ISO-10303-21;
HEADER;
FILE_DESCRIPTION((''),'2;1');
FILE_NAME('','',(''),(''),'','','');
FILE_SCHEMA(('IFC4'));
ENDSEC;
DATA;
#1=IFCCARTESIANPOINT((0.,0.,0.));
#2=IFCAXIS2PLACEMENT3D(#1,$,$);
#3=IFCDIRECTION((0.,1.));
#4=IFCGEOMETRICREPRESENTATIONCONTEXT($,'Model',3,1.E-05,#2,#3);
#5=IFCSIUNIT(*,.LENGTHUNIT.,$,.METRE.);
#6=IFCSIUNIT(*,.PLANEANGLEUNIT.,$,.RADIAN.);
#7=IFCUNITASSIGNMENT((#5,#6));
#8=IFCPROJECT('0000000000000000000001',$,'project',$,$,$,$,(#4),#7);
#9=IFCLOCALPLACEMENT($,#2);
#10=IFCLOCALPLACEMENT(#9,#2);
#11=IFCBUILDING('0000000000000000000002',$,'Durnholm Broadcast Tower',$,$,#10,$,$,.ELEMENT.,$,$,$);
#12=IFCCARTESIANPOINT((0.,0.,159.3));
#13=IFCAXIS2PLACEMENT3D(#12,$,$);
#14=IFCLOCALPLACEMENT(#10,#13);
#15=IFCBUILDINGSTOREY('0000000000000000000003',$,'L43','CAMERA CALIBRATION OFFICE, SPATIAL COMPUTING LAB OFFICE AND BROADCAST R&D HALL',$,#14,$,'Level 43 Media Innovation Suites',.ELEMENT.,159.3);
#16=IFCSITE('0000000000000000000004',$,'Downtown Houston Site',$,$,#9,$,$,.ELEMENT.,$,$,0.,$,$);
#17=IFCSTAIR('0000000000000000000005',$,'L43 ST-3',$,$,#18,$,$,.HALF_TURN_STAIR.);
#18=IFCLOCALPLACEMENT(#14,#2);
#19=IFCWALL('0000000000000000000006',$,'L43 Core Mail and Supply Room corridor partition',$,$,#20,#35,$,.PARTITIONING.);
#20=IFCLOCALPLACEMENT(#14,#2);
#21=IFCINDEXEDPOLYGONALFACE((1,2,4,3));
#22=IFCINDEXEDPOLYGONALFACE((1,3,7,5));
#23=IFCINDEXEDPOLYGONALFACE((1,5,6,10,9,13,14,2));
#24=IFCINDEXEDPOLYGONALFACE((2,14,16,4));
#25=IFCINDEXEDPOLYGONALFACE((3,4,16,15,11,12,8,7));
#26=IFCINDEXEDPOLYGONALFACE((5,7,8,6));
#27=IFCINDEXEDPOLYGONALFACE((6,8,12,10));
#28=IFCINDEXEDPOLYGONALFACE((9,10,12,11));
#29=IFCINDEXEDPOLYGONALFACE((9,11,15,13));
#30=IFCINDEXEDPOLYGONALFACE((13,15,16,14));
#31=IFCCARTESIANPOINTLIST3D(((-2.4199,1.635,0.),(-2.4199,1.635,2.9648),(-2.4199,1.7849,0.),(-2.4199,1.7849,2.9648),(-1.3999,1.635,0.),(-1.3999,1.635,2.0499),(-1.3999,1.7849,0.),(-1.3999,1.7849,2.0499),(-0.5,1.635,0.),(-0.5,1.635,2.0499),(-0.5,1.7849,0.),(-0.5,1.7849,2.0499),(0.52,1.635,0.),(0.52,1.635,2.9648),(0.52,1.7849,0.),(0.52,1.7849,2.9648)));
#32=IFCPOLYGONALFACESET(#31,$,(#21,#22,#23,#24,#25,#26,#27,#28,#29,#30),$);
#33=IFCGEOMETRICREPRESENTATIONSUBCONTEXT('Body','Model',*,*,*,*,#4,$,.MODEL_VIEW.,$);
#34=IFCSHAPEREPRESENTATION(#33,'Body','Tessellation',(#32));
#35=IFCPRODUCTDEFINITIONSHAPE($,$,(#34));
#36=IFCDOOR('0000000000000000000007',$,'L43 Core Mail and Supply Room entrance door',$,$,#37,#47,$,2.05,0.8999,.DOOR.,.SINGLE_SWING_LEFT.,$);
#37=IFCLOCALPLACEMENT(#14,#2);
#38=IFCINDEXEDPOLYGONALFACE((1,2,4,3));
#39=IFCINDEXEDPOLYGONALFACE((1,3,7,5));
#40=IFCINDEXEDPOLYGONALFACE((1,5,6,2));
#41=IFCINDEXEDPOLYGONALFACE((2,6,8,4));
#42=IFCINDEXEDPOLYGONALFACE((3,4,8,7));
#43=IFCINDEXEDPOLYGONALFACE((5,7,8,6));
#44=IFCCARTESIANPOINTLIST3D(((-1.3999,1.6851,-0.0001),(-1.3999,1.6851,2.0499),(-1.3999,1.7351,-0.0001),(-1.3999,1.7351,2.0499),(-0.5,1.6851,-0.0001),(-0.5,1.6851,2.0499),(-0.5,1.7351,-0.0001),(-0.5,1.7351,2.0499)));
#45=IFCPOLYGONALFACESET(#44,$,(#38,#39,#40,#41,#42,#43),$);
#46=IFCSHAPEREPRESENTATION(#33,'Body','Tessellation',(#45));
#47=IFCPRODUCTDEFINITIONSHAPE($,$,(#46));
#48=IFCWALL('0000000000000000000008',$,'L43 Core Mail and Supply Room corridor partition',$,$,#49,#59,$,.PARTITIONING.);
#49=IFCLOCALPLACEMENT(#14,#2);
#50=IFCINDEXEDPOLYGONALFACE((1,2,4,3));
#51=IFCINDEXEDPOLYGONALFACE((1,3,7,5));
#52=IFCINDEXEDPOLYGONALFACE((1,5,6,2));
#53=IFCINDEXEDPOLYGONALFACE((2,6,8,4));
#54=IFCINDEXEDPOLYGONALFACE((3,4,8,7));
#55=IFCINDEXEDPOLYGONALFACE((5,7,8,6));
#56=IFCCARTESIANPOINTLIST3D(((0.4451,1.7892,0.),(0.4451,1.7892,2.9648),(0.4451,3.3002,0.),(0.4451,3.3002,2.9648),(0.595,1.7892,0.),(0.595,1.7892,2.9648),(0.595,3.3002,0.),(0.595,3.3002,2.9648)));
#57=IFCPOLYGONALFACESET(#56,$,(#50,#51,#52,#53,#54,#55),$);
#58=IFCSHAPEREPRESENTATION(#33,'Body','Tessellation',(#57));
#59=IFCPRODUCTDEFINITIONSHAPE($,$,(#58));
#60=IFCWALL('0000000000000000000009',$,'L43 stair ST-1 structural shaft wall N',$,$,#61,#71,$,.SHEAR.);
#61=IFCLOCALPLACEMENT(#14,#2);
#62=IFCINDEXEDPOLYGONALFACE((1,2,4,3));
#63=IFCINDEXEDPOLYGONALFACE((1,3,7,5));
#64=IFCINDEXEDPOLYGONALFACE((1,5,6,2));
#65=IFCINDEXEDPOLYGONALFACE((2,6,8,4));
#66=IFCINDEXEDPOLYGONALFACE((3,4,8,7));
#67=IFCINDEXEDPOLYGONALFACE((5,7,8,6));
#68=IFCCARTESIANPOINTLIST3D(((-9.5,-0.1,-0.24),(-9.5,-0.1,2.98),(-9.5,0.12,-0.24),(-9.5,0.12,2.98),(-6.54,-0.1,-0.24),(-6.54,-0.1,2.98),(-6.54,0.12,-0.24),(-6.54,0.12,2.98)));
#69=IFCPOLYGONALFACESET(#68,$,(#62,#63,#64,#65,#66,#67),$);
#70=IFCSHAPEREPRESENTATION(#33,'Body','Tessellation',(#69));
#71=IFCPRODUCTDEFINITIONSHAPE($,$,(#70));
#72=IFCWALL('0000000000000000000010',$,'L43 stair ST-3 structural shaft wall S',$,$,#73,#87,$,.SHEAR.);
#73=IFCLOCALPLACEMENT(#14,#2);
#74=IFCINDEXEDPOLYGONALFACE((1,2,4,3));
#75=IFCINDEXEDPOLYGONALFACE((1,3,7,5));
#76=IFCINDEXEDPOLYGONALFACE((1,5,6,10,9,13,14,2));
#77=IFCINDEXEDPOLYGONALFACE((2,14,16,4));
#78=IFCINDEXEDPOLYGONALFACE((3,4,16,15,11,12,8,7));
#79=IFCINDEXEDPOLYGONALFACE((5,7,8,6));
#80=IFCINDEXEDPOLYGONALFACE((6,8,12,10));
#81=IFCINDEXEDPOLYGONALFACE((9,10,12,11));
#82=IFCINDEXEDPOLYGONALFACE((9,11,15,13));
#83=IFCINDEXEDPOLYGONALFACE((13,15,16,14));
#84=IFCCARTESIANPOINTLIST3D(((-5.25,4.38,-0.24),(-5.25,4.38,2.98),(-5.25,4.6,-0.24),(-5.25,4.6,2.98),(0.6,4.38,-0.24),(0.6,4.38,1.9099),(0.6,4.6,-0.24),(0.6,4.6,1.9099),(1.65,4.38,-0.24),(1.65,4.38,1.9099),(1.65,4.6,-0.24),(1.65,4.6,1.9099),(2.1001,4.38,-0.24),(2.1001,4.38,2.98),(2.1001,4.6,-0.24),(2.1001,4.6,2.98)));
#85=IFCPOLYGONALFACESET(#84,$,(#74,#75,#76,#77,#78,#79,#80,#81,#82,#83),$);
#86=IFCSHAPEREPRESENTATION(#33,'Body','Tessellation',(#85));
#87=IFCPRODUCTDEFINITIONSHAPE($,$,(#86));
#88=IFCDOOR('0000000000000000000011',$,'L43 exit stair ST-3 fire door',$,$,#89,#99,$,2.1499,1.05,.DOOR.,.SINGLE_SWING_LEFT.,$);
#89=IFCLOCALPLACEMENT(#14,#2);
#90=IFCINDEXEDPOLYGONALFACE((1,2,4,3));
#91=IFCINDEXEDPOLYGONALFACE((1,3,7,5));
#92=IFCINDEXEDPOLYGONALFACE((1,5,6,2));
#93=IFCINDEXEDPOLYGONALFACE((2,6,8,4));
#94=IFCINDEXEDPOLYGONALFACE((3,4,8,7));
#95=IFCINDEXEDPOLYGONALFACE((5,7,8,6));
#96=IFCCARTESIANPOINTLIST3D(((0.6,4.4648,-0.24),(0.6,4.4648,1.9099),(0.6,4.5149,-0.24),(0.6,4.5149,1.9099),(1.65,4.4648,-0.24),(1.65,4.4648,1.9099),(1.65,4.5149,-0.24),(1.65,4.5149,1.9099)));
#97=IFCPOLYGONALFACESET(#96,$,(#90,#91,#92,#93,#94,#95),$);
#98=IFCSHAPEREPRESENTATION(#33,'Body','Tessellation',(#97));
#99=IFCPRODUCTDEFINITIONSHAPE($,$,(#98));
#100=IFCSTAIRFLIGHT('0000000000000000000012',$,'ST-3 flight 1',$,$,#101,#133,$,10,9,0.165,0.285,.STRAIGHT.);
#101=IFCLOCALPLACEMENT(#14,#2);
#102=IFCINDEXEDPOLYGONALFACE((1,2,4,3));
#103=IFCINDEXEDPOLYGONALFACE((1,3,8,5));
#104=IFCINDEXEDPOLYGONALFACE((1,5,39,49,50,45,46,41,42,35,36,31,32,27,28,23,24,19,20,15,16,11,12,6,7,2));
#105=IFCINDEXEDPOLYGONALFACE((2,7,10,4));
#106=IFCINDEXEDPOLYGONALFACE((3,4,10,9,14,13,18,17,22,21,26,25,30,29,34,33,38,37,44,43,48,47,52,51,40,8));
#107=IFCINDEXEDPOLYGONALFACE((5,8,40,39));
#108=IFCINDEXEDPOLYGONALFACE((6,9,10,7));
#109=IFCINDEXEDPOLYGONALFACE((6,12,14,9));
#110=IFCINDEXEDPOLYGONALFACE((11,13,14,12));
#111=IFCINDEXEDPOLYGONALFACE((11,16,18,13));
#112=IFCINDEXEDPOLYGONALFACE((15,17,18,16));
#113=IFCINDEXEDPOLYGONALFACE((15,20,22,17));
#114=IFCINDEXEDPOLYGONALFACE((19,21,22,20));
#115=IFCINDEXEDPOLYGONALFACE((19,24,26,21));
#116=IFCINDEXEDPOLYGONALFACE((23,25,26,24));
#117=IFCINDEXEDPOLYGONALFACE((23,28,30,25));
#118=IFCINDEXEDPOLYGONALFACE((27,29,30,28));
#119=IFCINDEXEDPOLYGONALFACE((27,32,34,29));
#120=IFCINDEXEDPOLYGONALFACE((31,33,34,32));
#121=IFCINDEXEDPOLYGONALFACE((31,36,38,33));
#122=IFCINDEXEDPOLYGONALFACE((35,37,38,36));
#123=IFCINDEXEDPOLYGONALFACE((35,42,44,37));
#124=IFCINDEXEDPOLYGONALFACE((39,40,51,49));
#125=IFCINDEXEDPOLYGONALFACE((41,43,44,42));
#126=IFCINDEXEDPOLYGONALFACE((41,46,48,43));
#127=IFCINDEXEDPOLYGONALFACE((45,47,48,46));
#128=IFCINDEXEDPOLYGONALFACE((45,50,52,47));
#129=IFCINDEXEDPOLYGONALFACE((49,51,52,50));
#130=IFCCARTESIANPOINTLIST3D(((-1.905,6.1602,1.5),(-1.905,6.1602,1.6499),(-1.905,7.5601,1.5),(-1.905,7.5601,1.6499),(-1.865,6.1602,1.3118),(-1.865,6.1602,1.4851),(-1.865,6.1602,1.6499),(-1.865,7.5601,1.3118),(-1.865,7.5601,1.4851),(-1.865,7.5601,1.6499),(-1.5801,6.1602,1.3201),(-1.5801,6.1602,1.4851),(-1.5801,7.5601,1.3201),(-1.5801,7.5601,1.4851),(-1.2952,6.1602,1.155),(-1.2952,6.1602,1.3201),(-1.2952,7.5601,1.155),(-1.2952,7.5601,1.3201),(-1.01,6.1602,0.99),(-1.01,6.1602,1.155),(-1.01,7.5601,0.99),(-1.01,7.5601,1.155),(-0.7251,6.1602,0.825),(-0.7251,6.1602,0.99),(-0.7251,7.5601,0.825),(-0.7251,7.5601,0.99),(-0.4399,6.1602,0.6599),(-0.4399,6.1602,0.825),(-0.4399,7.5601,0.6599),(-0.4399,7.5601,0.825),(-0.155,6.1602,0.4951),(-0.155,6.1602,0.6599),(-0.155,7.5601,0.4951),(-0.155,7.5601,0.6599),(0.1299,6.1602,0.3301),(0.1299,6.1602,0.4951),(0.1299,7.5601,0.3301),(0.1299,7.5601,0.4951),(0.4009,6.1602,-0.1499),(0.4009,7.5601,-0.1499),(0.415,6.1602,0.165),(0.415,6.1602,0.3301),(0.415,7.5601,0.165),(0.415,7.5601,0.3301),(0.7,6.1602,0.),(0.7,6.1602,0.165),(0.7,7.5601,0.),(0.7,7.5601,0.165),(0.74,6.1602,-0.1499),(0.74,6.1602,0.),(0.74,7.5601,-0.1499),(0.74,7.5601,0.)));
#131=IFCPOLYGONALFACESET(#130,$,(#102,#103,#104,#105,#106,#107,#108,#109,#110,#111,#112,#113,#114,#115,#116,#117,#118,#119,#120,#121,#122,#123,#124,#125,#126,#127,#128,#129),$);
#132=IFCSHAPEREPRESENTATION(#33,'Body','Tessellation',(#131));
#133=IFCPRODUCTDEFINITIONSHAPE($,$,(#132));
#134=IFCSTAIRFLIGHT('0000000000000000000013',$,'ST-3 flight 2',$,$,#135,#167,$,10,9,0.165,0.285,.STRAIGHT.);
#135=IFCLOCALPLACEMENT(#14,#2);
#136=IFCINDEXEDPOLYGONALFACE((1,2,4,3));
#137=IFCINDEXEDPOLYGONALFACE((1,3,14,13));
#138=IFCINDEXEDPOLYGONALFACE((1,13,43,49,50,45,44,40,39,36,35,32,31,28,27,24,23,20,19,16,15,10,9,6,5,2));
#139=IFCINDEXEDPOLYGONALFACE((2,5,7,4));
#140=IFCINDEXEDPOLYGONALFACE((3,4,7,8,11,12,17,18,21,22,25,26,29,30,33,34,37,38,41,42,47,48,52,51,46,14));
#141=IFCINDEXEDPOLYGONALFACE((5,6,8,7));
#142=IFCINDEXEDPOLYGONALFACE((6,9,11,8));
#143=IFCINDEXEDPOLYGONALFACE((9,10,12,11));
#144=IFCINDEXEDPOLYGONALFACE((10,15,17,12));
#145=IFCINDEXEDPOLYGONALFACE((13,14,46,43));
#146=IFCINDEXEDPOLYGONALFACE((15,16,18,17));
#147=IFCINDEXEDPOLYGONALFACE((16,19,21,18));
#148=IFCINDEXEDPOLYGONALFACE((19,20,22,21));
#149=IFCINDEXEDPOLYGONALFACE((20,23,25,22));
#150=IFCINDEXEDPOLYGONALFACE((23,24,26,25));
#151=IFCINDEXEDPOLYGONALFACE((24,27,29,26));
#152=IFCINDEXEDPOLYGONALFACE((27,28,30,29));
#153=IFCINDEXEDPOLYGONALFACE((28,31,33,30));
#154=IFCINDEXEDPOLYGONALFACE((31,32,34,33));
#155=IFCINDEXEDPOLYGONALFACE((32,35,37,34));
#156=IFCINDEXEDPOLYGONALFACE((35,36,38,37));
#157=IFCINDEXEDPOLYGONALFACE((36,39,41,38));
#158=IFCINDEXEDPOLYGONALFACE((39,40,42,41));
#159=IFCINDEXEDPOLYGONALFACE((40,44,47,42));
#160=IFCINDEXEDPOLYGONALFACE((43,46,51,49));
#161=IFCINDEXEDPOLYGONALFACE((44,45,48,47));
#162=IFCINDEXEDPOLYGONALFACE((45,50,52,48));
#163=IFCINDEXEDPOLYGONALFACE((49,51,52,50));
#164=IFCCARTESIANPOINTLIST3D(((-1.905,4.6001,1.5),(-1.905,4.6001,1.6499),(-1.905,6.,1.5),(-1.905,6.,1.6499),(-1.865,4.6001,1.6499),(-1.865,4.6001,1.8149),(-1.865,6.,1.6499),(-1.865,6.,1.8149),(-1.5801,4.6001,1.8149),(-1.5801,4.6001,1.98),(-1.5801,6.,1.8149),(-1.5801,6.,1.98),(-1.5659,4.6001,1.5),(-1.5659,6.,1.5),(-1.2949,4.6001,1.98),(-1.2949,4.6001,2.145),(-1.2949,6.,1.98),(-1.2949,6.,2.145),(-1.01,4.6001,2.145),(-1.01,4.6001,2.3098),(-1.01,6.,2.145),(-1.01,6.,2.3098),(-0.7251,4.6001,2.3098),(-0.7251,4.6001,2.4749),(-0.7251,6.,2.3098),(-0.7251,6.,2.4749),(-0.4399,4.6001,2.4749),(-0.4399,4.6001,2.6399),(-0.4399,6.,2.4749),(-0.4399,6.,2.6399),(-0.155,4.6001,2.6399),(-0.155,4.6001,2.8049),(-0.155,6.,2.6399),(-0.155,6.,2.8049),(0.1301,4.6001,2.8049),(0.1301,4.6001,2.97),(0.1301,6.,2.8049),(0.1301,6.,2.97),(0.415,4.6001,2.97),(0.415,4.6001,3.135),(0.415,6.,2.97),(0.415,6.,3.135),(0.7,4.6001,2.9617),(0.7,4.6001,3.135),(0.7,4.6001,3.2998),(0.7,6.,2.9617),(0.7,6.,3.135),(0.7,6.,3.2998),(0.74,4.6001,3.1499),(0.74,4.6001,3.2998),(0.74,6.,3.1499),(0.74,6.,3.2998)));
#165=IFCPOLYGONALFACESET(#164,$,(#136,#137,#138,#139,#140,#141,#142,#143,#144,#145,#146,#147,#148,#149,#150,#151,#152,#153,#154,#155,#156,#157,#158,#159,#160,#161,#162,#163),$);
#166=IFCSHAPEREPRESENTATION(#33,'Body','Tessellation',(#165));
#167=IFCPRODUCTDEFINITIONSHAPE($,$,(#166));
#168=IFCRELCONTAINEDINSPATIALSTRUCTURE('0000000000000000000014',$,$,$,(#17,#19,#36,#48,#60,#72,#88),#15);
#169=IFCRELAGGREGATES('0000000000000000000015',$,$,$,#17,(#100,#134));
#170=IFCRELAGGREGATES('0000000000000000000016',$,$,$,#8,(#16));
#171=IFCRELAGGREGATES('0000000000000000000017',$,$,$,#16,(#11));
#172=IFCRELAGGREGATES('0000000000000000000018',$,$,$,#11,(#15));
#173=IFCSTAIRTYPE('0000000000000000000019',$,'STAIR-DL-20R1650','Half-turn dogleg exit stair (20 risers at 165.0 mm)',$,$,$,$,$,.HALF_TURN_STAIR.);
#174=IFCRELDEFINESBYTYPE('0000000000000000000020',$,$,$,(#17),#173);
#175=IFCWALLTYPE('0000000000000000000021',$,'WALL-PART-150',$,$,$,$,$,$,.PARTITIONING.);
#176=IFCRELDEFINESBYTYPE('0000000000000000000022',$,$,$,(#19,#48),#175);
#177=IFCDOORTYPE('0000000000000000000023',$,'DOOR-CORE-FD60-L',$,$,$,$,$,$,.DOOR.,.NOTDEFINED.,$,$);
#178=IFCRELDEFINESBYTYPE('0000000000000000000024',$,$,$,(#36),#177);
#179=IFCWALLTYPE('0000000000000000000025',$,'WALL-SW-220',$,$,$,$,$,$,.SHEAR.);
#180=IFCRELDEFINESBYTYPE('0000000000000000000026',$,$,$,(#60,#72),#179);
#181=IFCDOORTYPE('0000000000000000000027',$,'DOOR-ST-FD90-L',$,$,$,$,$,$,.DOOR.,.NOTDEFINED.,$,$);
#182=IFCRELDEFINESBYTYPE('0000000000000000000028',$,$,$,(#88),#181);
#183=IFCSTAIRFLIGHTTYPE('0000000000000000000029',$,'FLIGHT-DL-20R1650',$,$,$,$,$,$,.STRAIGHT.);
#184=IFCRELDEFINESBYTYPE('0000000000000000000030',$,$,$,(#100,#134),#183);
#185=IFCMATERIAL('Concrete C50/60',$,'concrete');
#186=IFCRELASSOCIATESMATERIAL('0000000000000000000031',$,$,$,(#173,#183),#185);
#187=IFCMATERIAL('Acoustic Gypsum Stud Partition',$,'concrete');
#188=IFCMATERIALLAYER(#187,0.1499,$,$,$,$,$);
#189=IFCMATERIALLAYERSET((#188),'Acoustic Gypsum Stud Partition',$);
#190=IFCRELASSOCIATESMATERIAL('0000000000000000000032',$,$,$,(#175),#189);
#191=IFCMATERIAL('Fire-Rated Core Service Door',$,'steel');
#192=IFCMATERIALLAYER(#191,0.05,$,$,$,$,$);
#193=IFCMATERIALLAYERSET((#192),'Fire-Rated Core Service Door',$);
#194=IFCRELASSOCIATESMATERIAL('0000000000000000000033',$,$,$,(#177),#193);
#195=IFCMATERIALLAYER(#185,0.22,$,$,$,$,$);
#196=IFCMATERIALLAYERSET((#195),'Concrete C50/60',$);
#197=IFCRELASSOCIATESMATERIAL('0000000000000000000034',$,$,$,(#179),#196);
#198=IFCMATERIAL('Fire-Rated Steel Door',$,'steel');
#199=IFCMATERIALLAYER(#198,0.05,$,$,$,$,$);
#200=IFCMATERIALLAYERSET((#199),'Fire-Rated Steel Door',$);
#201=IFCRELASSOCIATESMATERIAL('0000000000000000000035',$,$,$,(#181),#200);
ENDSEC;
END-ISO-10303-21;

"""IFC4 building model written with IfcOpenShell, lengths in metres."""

from ifc_helpers import new_model, si_unit, direction, frame, frame_2d, origin, place, context, subcontext, project, spatial, polyline, rectangle, outline, extrude, source, transform, mapped, material, layer, layer_set, type_object, type_shapes, element, fill, aggregate, save


model = new_model("IFC4")

# Units and contexts
model_context = context("Model", 3, precision=1e-05, world=origin(), true_north=direction((0.0, 1.0)))
body_context = subcontext(model_context, "Body", "Model", "MODEL_VIEW")
ifc_project = project(units=[si_unit("LENGTHUNIT", "METRE"), si_unit("PLANEANGLEUNIT", "RADIAN")], contexts=[model_context])

# Site, building, storey
site_placement = place(None, origin())
site = spatial("IfcSite", under=ifc_project, at=site_placement, Name="Downtown Houston Site", CompositionType="ELEMENT", RefElevation=0.0)
building_placement = place(site_placement, origin())
building = spatial("IfcBuilding", under=site, at=building_placement, Name="Durnholm Broadcast Tower", CompositionType="ELEMENT")
storey_placement = place(building_placement, frame((0.0, 0.0, 159.3)))
storey = spatial("IfcBuildingStorey", under=building, at=storey_placement, Name="L43", Description="CAMERA CALIBRATION OFFICE, SPATIAL COMPUTING LAB OFFICE AND BROADCAST R&D HALL", LongName="Level 43 Media Innovation Suites", CompositionType="ELEMENT", Elevation=159.3)

# Shared definitions
ifc_material_1 = material(Name="Concrete C50/60", Category="concrete")

# Stair
stair_type = type_object("IfcStairType", Name="STAIR-DL-20R1650", Description="Half-turn dogleg exit stair (20 risers at 165.0 mm)", PredefinedType="HALF_TURN_STAIR", material=ifc_material_1)
stair_1_placement = place(storey_placement, origin())
stair_1 = element("IfcStair", 1, at=stair_1_placement, inside=storey, type_object=stair_type, Name="L43 ST-3", PredefinedType="HALF_TURN_STAIR")

# Shared definitions
ifc_material_2 = material(Name="Acoustic Gypsum Stud Partition", Category="concrete")
ifc_layer_1 = layer(ifc_material_2, 0.1499)
ifc_layer_set_1 = layer_set([ifc_layer_1], Name="Acoustic Gypsum Stud Partition")
wall_type_1 = type_object("IfcWallType", Name="WALL-PART-150", PredefinedType="PARTITIONING", material=ifc_layer_set_1)

# Wall, opening, door
ifc_material_3 = material(Name="Fire-Rated Core Service Door", Category="steel")
wall_1_placement = place(storey_placement, frame((0.52, 1.71, 0.0), z_axis=(0.0, 0.0, 1.0), x_axis=(-1.0, 0.0, 0.0)))
wall_1 = element("IfcWall", 2, at=wall_1_placement, inside=storey, type_object=wall_type_1, Name="L43 Core Mail and Supply Room corridor partition", PredefinedType="PARTITIONING", context=body_context, shape_type="SweptSolid", body=[
    extrude(rectangle(XDim=2.9399, YDim=0.1499, at=frame_2d((1.47, 0.0))), origin(), (0.0, 0.0, 1.0), 2.9648),
])
opening_1_placement = place(wall_1_placement, frame((1.02, 0.0, 0.0)))
opening_1 = element("IfcOpeningElement", 3, at=opening_1_placement, cuts=wall_1, PredefinedType="OPENING", context=body_context, shape_type="SweptSolid", body=[
    extrude(rectangle(XDim=0.8999, YDim=2.05, at=frame_2d((0.45, 1.0249))), frame((0.0, 0.085, 0.0), z_axis=(0.0, -1.0, 0.0), x_axis=(1.0, 0.0, 0.0)), (0.0, 0.0, 1.0), 0.1699),
])
ifc_layer_2 = layer(ifc_material_3, 0.05)
ifc_layer_set_2 = layer_set([ifc_layer_2], Name="Fire-Rated Core Service Door")
door_type_1 = type_object("IfcDoorType", Name="DOOR-CORE-FD60-L", OperationType="NOTDEFINED", PredefinedType="DOOR", material=ifc_layer_set_2)
shared_shape_1 = source(origin(), body_context, "Body", "SweptSolid", [
    extrude(rectangle(XDim=0.8999, YDim=2.05, at=frame_2d((0.45, 1.0249))), frame((0.0, 0.0249, 0.0), z_axis=(0.0, -1.0, 0.0), x_axis=(1.0, 0.0, 0.0)), (0.0, 0.0, 1.0), 0.05),
])
type_shapes(door_type_1, [shared_shape_1])
door_1_placement = place(opening_1_placement, origin())
door_1 = element("IfcDoor", 4, at=door_1_placement, inside=storey, type_object=door_type_1, Name="L43 Core Mail and Supply Room entrance door", OperationType="SINGLE_SWING_LEFT", OverallHeight=2.05, OverallWidth=0.8999, PredefinedType="DOOR", context=body_context, shape_type="MappedRepresentation", body=[
    mapped(shared_shape_1, transform((0.0, 0.0, 0.0), x_axis=(1.0, 0.0, 0.0), y_axis=(0.0, 1.0, 0.0), z_axis=(0.0, 0.0, 1.0), scale=1.0)),
])
fill(opening_1, door_1)

# Walls
wall_2_placement = place(storey_placement, frame((0.52, 3.3, 0.0), z_axis=(0.0, 0.0, 1.0), x_axis=(0.0, -1.0, 0.0)))
element("IfcWall", 5, at=wall_2_placement, inside=storey, type_object=wall_type_1, Name="L43 Core Mail and Supply Room corridor partition", PredefinedType="PARTITIONING", context=body_context, shape_type="SweptSolid", body=[
    extrude(rectangle(XDim=1.511, YDim=0.1499, at=frame_2d((0.7554, 0.0))), origin(), (0.0, 0.0, 1.0), 2.9648),
])
ifc_layer_3 = layer(ifc_material_1, 0.22)
ifc_layer_set_3 = layer_set([ifc_layer_3], Name="Concrete C50/60")
wall_type_2 = type_object("IfcWallType", Name="WALL-SW-220", PredefinedType="SHEAR", material=ifc_layer_set_3)
wall_3_placement = place(storey_placement, frame((-6.54, 0.01, -0.24), z_axis=(0.0, 0.0, 1.0), x_axis=(-1.0, 0.0, 0.0)))
element("IfcWall", 6, at=wall_3_placement, inside=storey, type_object=wall_type_2, Name="L43 stair ST-1 structural shaft wall N", PredefinedType="SHEAR", context=body_context, shape_type="SweptSolid", body=[
    extrude(rectangle(XDim=2.96, YDim=0.22, at=frame_2d((1.48, 0.0))), origin(), (0.0, 0.0, 1.0), 3.22),
])

# Wall, opening, door
wall_4_placement = place(storey_placement, frame((-5.25, 4.49, -0.24), z_axis=(0.0, 0.0, 1.0), x_axis=(1.0, 0.0, 0.0)))
wall_4 = element("IfcWall", 7, at=wall_4_placement, inside=storey, type_object=wall_type_2, Name="L43 stair ST-3 structural shaft wall S", PredefinedType="SHEAR", context=body_context, shape_type="SweptSolid", body=[
    extrude(rectangle(XDim=7.3501, YDim=0.22, at=frame_2d((3.675, 0.0))), origin(), (0.0, 0.0, 1.0), 3.22),
])
opening_2_placement = place(wall_4_placement, frame((5.8501, 0.0, 0.0)))
opening_2 = element("IfcOpeningElement", 8, at=opening_2_placement, cuts=wall_4, PredefinedType="OPENING", context=body_context, shape_type="SweptSolid", body=[
    extrude(rectangle(XDim=1.05, YDim=2.1499, at=frame_2d((0.5249, 1.075))), frame((0.0, 0.1201, 0.0), z_axis=(0.0, -1.0, 0.0), x_axis=(1.0, 0.0, 0.0)), (0.0, 0.0, 1.0), 0.24),
])
ifc_material_4 = material(Name="Fire-Rated Steel Door", Category="steel")
ifc_layer_4 = layer(ifc_material_4, 0.05)
ifc_layer_set_4 = layer_set([ifc_layer_4], Name="Fire-Rated Steel Door")
door_type_2 = type_object("IfcDoorType", Name="DOOR-ST-FD90-L", OperationType="NOTDEFINED", PredefinedType="DOOR", material=ifc_layer_set_4)
shared_shape_2 = source(origin(), body_context, "Body", "SweptSolid", [
    extrude(rectangle(XDim=1.05, YDim=2.1499, at=frame_2d((0.5249, 1.075))), frame((0.0, 0.0249, 0.0), z_axis=(0.0, -1.0, 0.0), x_axis=(1.0, 0.0, 0.0)), (0.0, 0.0, 1.0), 0.05),
])
type_shapes(door_type_2, [shared_shape_2])
door_2_placement = place(opening_2_placement, origin())
door_2 = element("IfcDoor", 9, at=door_2_placement, inside=storey, type_object=door_type_2, Name="L43 exit stair ST-3 fire door", OperationType="SINGLE_SWING_LEFT", OverallHeight=2.1499, OverallWidth=1.05, PredefinedType="DOOR", context=body_context, shape_type="MappedRepresentation", body=[
    mapped(shared_shape_2, transform((0.0, 0.0, 0.0), x_axis=(1.0, 0.0, 0.0), y_axis=(0.0, 1.0, 0.0), z_axis=(0.0, 0.0, 1.0), scale=1.0)),
])
fill(opening_2, door_2)

# Stair flights
stair_flight_type = type_object("IfcStairFlightType", Name="FLIGHT-DL-20R1650", PredefinedType="STRAIGHT", material=ifc_material_1)
stair_flight_1_placement = place(storey_placement, frame((0.7, 6.8601, 0.0), z_axis=(0.0, 0.0, 1.0), x_axis=(-1.0, 0.0, 0.0)))
stair_flight_1 = element("IfcStairFlight", 10, at=stair_flight_1_placement, type_object=stair_flight_type, Name="ST-3 flight 1", NumberOfRisers=10, NumberOfTreads=9, PredefinedType="STRAIGHT", RiserHeight=0.165, TreadLength=0.285, context=body_context, shape_type="SweptSolid", body=[
    extrude(outline(polyline([(-0.04, -0.1499), (-0.04, 0.0), (0.0, 0.0), (0.0, 0.165), (0.2849, 0.165), (0.2849, 0.3301), (0.5701, 0.3301), (0.5701, 0.4951), (0.855, 0.4951), (0.855, 0.6599), (1.1399, 0.6599), (1.1399, 0.825), (1.425, 0.825), (1.425, 0.99), (1.71, 0.99), (1.71, 1.155), (1.9951, 1.155), (1.9951, 1.3201), (2.28, 1.3201), (2.28, 1.4851), (2.5649, 1.4851), (2.5649, 1.6499), (2.605, 1.6499), (2.605, 1.5), (2.5649, 1.3118), (0.2991, -0.1499), (-0.04, -0.1499)])), frame((0.0, 0.7, 0.0), z_axis=(0.0, -1.0, 0.0), x_axis=(1.0, 0.0, 0.0)), (0.0, 0.0, 1.0), 1.3999),
])
stair_flight_2_placement = place(storey_placement, frame((-1.865, 5.3, 1.6499), z_axis=(0.0, 0.0, 1.0), x_axis=(1.0, 0.0, 0.0)))
stair_flight_2 = element("IfcStairFlight", 11, at=stair_flight_2_placement, type_object=stair_flight_type, Name="ST-3 flight 2", NumberOfRisers=10, NumberOfTreads=9, PredefinedType="STRAIGHT", RiserHeight=0.165, TreadLength=0.285, context=body_context, shape_type="SweptSolid", body=[
    extrude(outline(polyline([(-0.04, -0.1499), (-0.04, 0.0), (0.0, 0.0), (0.0, 0.165), (0.2849, 0.165), (0.2849, 0.3301), (0.5701, 0.3301), (0.5701, 0.4951), (0.855, 0.4951), (0.855, 0.6599), (1.1399, 0.6599), (1.1399, 0.825), (1.425, 0.825), (1.425, 0.99), (1.71, 0.99), (1.71, 1.155), (1.9951, 1.155), (1.9951, 1.3201), (2.28, 1.3201), (2.28, 1.4851), (2.5649, 1.4851), (2.5649, 1.6499), (2.605, 1.6499), (2.605, 1.5), (2.5649, 1.3118), (0.2991, -0.1499), (-0.04, -0.1499)])), frame((0.0, 0.7, 0.0), z_axis=(0.0, -1.0, 0.0), x_axis=(1.0, 0.0, 0.0)), (0.0, 0.0, 1.0), 1.3999),
])
aggregate(stair_1, [stair_flight_1, stair_flight_2])

save(model, "model.ifc")
